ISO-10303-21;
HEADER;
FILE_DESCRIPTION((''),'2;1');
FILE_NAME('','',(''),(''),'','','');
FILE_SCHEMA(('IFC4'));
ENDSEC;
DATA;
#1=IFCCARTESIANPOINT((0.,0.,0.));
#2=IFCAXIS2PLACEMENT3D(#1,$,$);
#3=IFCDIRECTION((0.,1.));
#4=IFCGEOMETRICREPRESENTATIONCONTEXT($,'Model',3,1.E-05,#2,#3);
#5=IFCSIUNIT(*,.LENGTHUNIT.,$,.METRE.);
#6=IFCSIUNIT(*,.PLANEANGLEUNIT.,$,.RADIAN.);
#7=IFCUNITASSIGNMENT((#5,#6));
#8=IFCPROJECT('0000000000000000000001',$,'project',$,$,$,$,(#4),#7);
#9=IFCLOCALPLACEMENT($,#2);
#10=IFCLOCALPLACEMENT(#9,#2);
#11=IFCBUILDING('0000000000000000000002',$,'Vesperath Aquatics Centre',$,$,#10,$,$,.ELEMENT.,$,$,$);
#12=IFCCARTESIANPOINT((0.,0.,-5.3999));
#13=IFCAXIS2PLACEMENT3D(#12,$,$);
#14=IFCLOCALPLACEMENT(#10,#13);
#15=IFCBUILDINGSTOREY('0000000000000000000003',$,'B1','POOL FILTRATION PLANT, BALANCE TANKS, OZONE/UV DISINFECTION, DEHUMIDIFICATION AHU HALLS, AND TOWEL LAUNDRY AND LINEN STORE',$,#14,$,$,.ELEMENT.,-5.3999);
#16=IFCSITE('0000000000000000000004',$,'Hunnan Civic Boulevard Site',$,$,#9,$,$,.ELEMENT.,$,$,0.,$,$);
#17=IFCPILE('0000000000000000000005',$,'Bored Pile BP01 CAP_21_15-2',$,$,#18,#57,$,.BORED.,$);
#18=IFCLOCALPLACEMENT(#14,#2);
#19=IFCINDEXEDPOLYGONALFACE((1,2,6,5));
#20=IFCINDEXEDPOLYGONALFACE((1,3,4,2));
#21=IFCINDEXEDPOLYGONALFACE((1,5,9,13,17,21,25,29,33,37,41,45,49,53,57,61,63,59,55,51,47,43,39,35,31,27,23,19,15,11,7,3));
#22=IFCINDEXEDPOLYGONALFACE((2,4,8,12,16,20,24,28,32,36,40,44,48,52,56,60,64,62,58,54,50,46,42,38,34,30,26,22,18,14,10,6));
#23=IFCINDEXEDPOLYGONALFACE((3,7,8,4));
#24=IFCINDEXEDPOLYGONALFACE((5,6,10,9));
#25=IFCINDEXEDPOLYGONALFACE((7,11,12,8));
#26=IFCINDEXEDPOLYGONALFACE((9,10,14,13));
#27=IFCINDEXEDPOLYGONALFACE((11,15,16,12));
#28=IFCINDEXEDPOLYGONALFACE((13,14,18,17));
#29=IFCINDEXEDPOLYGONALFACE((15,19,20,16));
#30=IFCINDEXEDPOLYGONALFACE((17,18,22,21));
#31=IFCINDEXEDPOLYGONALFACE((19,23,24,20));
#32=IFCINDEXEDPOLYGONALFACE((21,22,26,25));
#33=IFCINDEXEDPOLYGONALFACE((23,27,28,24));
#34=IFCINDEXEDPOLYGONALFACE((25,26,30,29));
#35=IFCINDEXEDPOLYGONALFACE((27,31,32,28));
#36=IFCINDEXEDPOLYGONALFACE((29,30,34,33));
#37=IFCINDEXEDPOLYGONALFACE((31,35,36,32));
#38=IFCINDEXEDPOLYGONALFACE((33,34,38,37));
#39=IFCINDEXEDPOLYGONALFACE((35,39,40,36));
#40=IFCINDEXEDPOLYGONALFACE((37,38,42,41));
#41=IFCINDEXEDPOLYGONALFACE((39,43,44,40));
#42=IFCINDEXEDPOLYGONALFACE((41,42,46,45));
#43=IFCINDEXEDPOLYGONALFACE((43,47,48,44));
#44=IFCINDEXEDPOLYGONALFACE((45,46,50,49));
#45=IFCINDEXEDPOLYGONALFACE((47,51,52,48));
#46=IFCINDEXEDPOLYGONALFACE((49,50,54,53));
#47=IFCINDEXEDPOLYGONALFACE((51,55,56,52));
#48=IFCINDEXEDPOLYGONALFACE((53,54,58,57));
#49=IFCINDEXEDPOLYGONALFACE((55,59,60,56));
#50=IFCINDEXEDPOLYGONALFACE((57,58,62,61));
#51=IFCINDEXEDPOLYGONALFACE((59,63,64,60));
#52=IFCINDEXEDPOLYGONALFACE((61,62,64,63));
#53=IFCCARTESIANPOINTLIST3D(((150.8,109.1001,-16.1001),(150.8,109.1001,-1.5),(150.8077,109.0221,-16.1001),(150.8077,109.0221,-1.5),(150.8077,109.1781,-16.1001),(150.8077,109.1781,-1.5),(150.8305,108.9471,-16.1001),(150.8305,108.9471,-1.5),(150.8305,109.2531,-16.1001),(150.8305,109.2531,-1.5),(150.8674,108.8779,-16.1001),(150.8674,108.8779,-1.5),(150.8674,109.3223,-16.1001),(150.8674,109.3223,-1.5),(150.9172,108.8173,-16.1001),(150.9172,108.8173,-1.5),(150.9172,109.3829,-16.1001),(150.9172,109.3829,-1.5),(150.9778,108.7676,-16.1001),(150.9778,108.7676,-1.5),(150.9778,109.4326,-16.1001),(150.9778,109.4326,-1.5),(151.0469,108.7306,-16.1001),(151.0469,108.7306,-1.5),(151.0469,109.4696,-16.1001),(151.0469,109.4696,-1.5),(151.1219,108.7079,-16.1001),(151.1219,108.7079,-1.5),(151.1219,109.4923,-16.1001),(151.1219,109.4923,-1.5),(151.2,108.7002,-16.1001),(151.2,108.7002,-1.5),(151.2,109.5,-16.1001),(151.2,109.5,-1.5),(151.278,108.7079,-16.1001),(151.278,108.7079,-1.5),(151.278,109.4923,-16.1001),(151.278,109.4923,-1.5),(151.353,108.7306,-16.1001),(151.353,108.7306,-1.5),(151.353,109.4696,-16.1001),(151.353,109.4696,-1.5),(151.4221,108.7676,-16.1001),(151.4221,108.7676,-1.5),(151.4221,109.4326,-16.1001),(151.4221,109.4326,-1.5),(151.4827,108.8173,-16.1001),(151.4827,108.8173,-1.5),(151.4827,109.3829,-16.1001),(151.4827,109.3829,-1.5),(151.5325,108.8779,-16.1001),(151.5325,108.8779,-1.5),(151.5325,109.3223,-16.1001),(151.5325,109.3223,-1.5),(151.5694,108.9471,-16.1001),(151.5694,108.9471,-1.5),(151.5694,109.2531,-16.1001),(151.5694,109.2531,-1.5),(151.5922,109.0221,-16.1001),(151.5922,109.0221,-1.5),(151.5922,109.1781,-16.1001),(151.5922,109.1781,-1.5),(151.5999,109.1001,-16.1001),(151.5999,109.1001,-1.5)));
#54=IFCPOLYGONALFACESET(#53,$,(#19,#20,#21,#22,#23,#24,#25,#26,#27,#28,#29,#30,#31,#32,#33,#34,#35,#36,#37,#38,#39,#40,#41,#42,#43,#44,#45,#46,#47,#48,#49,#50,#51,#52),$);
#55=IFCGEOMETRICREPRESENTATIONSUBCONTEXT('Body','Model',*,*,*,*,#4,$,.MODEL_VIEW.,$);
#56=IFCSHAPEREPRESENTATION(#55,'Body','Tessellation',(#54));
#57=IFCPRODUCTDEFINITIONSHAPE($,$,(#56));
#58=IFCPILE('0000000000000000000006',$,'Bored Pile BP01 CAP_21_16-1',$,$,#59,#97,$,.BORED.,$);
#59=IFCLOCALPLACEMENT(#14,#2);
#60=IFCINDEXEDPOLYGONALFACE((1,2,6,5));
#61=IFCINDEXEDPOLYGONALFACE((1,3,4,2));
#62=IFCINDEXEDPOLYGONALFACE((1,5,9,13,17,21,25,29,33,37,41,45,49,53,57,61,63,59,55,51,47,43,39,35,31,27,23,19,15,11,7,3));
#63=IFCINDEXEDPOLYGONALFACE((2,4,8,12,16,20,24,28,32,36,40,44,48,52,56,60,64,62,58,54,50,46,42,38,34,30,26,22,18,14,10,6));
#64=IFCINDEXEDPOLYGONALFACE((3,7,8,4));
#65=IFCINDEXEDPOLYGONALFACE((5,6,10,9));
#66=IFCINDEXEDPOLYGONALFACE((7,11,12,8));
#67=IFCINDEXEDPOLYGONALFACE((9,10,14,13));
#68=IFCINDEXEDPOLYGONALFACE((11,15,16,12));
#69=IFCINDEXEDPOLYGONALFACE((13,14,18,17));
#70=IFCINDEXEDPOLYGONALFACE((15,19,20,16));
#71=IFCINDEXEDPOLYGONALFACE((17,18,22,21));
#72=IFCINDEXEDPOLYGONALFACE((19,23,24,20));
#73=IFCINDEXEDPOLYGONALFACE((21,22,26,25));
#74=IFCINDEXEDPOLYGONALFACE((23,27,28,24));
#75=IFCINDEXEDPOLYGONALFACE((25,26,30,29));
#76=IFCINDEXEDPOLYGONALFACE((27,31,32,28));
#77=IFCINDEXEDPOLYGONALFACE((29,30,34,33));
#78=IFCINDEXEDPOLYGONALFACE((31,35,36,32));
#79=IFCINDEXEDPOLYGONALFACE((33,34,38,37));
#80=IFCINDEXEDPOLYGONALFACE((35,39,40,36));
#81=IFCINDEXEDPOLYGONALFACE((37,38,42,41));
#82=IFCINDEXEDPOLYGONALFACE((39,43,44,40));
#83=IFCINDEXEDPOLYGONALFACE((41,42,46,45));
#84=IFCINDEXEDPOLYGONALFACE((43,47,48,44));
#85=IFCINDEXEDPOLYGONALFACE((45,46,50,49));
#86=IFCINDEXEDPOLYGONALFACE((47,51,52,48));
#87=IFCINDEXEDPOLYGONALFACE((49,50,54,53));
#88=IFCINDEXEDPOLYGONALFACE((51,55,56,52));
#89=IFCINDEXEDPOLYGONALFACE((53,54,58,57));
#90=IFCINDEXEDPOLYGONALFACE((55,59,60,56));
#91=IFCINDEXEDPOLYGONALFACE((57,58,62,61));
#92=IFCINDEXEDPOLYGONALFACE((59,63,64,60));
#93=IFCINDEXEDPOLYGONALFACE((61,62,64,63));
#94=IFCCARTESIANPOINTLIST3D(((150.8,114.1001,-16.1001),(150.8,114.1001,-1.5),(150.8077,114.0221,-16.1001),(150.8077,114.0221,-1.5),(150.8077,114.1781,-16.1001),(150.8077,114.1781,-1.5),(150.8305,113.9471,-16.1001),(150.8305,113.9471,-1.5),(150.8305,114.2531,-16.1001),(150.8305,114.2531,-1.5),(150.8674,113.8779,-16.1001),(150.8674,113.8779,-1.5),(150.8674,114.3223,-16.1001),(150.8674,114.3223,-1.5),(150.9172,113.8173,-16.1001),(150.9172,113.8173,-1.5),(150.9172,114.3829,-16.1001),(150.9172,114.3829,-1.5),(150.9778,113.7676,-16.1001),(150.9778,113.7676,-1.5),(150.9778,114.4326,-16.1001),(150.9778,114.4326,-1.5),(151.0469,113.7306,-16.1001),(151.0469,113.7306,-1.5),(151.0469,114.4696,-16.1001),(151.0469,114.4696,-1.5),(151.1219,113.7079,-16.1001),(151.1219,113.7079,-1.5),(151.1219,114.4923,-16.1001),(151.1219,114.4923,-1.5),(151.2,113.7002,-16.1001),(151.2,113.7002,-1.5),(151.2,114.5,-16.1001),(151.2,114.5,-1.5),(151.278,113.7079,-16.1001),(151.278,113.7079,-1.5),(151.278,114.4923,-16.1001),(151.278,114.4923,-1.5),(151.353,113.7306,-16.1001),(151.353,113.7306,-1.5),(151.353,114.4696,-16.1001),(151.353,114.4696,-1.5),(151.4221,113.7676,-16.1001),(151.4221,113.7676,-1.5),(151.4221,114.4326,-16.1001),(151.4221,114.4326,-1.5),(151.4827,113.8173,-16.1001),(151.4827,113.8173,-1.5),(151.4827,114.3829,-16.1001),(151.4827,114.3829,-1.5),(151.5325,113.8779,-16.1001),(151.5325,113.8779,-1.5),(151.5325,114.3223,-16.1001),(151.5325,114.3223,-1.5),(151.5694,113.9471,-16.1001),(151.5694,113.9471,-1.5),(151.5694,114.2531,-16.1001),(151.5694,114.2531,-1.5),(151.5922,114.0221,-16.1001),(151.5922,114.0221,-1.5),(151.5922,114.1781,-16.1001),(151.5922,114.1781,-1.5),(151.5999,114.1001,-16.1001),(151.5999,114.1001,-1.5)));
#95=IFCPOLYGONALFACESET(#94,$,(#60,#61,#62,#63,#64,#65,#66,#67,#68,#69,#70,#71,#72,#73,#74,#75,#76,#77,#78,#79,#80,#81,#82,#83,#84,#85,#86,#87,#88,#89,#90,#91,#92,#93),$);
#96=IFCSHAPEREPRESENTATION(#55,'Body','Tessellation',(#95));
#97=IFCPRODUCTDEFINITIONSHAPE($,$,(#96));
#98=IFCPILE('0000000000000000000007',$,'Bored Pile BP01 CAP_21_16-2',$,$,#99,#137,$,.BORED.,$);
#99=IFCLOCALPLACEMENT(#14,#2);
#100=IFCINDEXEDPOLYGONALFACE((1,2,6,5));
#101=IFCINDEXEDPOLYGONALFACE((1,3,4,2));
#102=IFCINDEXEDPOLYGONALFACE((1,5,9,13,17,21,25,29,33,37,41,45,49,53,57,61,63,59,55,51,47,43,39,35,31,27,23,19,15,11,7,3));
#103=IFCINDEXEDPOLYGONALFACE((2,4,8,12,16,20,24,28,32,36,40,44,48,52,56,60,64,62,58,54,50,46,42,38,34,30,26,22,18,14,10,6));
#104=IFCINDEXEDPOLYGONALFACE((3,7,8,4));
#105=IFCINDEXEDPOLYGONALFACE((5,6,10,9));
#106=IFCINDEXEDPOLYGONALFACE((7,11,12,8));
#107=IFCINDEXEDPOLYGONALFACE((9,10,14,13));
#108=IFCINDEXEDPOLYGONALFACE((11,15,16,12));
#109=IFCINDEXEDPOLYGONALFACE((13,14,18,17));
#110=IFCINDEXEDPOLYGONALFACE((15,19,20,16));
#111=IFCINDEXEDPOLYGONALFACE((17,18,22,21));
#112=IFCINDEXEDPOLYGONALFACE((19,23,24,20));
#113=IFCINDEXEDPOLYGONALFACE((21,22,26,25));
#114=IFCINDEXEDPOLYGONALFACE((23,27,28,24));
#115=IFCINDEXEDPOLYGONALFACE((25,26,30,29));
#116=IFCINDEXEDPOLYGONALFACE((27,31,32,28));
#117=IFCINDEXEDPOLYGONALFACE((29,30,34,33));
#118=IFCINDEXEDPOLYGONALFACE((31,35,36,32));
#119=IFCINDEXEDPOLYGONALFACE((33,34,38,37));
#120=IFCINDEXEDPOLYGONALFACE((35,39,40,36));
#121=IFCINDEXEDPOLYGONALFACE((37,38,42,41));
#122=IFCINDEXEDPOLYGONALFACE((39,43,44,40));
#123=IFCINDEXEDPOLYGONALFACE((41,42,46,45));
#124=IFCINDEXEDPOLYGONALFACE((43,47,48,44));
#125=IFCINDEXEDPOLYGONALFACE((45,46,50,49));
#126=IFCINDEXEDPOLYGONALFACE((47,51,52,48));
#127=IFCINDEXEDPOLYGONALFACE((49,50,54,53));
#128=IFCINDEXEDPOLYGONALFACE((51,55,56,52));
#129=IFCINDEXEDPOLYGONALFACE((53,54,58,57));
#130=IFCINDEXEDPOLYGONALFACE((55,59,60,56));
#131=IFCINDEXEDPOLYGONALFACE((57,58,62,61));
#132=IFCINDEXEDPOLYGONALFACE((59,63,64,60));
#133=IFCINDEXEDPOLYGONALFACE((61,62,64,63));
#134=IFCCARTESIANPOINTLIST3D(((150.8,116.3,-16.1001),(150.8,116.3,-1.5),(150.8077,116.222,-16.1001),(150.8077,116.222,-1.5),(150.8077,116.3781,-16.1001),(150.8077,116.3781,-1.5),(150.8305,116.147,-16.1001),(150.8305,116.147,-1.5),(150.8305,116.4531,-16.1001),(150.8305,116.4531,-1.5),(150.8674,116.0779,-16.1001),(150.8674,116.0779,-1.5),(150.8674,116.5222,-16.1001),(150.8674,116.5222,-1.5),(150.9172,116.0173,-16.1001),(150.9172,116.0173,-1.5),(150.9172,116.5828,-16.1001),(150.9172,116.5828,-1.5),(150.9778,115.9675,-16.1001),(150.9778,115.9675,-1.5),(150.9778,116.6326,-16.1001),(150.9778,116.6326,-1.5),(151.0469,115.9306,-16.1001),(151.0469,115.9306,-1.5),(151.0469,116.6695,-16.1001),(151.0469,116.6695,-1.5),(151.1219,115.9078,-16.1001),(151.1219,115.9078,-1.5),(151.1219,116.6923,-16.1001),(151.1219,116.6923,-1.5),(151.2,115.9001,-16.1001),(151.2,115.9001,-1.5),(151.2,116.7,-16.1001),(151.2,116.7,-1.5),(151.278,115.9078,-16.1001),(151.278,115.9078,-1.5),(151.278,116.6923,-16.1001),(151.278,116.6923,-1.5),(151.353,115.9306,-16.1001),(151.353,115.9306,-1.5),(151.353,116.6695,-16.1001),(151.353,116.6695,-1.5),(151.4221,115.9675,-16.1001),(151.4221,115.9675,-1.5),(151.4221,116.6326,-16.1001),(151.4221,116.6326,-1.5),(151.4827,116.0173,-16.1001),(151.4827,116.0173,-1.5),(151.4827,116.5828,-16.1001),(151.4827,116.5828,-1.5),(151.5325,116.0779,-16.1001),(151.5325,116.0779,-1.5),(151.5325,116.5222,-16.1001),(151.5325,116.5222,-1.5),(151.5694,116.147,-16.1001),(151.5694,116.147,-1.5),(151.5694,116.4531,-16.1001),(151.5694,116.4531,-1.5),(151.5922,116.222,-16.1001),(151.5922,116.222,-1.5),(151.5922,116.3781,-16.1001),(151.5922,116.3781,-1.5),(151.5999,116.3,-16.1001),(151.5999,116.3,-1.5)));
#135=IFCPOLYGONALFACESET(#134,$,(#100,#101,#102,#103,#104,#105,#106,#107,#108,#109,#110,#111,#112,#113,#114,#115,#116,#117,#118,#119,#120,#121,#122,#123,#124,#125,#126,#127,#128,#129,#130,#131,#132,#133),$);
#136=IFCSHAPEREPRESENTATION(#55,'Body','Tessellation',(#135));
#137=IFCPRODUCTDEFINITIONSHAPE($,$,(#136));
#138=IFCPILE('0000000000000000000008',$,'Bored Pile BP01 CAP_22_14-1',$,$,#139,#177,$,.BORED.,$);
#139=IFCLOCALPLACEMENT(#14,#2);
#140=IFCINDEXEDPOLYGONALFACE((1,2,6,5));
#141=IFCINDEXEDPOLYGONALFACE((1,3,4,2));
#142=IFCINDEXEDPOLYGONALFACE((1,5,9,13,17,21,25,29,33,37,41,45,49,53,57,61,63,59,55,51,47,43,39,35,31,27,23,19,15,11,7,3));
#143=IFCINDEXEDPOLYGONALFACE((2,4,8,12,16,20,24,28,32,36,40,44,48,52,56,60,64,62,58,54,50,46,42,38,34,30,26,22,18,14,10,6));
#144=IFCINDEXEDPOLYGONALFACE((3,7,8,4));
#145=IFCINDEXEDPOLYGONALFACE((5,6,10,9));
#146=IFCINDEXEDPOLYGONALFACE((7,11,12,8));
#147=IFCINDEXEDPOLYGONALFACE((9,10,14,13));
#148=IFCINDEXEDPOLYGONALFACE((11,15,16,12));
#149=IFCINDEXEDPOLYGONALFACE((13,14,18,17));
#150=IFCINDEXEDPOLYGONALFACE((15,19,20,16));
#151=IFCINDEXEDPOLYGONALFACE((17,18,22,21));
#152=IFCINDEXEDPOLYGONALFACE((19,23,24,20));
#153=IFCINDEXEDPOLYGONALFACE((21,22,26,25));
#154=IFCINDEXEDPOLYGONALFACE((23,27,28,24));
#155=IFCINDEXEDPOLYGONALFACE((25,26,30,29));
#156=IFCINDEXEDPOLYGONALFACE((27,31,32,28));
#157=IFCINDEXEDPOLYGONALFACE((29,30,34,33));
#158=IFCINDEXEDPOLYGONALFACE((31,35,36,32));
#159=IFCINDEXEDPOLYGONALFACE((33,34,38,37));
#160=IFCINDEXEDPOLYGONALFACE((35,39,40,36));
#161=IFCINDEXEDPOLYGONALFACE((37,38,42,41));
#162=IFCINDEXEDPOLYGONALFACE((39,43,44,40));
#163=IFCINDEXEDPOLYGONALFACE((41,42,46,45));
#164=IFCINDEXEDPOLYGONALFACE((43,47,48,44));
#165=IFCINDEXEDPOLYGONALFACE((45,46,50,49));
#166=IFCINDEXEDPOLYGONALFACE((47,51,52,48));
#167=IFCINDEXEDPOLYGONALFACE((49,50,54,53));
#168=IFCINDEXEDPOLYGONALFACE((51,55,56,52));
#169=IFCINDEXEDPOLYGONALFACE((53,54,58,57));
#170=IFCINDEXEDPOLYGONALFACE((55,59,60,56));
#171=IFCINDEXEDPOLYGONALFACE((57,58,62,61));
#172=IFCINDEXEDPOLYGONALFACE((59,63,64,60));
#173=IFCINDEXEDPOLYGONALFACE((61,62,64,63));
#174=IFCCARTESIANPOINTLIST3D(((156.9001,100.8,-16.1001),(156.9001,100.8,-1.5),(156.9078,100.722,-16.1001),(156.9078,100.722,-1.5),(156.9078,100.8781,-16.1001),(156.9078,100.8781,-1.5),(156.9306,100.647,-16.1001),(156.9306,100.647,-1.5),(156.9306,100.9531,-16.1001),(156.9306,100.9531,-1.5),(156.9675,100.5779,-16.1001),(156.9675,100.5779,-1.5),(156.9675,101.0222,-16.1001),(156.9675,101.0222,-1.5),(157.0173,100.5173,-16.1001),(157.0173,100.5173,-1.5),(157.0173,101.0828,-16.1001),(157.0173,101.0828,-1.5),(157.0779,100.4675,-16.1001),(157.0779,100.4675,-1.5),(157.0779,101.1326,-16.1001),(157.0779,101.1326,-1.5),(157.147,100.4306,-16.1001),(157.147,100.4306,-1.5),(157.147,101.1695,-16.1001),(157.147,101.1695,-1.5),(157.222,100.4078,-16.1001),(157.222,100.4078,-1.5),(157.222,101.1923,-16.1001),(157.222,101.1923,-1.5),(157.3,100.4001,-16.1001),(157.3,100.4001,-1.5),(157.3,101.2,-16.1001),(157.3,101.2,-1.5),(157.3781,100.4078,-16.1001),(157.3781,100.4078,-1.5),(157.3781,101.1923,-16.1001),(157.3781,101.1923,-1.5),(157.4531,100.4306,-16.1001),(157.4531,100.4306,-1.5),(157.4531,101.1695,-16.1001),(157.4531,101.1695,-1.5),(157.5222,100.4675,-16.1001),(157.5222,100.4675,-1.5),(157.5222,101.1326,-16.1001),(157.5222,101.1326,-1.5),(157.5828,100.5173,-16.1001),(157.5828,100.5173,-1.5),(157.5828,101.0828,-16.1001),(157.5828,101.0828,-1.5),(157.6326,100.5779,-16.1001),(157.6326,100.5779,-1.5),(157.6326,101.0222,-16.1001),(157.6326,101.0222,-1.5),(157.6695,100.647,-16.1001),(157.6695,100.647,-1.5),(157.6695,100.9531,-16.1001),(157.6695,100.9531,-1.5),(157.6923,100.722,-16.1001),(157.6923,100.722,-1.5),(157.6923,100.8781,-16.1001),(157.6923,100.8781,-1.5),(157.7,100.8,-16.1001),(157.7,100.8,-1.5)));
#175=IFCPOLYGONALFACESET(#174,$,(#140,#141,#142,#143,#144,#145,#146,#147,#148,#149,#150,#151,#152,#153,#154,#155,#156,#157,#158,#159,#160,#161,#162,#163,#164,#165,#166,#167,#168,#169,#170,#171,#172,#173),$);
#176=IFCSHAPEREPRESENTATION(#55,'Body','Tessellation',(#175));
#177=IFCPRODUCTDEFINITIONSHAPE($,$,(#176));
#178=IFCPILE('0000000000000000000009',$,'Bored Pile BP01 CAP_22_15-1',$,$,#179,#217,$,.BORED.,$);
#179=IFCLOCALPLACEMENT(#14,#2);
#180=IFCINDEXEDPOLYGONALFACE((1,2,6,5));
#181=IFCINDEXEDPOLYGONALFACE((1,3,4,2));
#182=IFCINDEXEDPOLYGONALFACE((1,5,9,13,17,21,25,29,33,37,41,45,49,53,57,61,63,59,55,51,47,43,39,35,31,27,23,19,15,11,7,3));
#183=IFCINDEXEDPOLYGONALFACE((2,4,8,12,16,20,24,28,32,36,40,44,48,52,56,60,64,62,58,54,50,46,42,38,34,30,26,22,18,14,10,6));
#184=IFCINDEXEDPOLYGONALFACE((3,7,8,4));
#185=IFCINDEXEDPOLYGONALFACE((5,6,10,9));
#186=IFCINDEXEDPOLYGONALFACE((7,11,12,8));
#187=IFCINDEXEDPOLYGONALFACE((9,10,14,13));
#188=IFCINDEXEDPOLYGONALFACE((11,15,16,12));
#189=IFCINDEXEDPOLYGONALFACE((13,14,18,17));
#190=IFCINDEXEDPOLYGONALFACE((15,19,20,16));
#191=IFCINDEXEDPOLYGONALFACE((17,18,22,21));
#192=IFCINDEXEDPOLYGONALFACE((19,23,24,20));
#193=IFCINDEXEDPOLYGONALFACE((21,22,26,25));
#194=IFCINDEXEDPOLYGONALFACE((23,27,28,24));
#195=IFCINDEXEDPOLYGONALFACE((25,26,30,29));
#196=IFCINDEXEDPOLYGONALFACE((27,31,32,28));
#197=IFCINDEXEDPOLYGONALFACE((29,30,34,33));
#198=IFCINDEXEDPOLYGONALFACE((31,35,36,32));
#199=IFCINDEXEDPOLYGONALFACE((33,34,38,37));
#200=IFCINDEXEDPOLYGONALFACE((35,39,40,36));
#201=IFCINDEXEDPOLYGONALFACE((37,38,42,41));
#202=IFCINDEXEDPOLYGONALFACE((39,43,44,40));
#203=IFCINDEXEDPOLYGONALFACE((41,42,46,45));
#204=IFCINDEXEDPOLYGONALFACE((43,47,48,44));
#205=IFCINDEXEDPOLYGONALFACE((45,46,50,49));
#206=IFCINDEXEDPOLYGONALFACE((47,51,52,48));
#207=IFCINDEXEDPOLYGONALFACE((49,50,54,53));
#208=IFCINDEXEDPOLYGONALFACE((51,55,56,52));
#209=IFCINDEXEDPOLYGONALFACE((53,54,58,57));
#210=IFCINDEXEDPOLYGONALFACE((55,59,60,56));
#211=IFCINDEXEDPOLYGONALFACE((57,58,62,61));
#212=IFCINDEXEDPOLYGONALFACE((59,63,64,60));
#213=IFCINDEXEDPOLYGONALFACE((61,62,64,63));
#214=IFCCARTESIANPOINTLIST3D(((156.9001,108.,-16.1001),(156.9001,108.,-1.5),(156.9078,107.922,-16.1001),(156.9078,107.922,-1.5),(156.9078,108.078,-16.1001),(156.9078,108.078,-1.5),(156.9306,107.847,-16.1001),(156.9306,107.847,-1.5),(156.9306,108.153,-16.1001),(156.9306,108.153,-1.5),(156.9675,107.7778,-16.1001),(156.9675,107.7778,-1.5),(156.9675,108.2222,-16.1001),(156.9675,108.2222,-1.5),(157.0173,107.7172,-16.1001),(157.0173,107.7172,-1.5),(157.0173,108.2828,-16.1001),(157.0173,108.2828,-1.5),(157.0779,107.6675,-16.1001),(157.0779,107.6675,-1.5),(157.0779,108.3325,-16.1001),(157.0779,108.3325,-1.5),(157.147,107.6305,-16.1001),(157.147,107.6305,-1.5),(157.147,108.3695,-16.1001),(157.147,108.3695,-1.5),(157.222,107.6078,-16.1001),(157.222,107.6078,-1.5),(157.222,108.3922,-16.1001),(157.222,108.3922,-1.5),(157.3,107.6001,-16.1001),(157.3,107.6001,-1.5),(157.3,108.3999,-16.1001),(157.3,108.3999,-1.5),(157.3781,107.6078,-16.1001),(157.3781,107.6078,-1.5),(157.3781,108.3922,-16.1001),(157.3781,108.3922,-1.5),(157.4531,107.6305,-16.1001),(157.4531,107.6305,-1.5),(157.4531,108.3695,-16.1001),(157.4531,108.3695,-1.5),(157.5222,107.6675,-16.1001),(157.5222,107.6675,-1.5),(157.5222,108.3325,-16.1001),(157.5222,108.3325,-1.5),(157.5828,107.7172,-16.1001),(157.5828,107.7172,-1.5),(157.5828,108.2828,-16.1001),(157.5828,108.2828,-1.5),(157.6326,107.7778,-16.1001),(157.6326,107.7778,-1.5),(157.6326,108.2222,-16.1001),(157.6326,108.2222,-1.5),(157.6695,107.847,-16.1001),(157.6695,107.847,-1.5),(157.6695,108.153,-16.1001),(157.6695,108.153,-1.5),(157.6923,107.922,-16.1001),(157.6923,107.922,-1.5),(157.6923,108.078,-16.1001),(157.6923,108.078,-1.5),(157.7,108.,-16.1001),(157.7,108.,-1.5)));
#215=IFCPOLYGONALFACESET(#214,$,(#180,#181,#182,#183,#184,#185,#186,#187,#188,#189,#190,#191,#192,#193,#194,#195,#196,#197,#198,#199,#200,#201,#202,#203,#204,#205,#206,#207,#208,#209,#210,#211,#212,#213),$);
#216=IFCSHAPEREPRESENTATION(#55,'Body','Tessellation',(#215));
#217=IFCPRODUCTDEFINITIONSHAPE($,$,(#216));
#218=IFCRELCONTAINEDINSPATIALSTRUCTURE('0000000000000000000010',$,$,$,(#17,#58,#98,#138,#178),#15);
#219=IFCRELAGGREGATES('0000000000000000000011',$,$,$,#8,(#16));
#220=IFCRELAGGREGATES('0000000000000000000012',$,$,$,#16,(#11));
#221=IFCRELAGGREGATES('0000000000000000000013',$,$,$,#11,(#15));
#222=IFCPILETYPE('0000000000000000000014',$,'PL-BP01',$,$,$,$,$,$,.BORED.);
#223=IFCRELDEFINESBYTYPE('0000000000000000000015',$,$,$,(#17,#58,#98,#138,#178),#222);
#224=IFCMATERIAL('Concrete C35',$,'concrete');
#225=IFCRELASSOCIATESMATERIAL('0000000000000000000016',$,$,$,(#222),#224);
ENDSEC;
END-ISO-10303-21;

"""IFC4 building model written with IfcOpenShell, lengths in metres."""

from ifc_helpers import new_model, si_unit, direction, frame, origin, origin_2d, place, context, subcontext, project, spatial, circle, extrude, material, material_profile, profile_set, type_object, element, save


model = new_model("IFC4")

# Units and contexts
model_context = context("Model", 3, precision=1e-05, world=origin(), true_north=direction((0.0, 1.0)))
body_context = subcontext(model_context, "Body", "Model", "MODEL_VIEW")
ifc_project = project(units=[si_unit("LENGTHUNIT", "METRE"), si_unit("PLANEANGLEUNIT", "RADIAN")], contexts=[model_context])

# Site, building, storey
site_placement = place(None, origin())
site = spatial("IfcSite", under=ifc_project, at=site_placement, Name="Hunnan Civic Boulevard Site", CompositionType="ELEMENT", RefElevation=0.0)
building_placement = place(site_placement, origin())
building = spatial("IfcBuilding", under=site, at=building_placement, Name="Vesperath Aquatics Centre", CompositionType="ELEMENT")
storey_placement = place(building_placement, frame((0.0, 0.0, -5.3999)))
storey = spatial("IfcBuildingStorey", under=building, at=storey_placement, Name="B1", Description="POOL FILTRATION PLANT, BALANCE TANKS, OZONE/UV DISINFECTION, DEHUMIDIFICATION AHU HALLS, AND TOWEL LAUNDRY AND LINEN STORE", CompositionType="ELEMENT", Elevation=-5.3999)

# Piles
ifc_material_1 = material(Name="Concrete C35", Category="concrete")
ifc_material_profile_1 = material_profile(ifc_material_1, circle(Radius=0.3999, at=origin_2d()), Name="PILE D800")
ifc_profile_set_1 = profile_set([ifc_material_profile_1], Name="Concrete C35")
pile_type = type_object("IfcPileType", Name="PL-BP01", PredefinedType="BORED", material=ifc_profile_set_1)
for number, where, z_axis, x_axis, name in (
    (1, (151.2, 109.1001, -1.5), (0.0, 0.0, -1.0), (1.0, 0.0, 0.0), "Bored Pile BP01 CAP_21_15-2"),
    (2, (151.2, 114.1001, -1.5), (0.0, 0.0, -1.0), (1.0, 0.0, 0.0), "Bored Pile BP01 CAP_21_16-1"),
    (3, (151.2, 116.3, -1.5), (0.0, 0.0, -1.0), (1.0, 0.0, 0.0), "Bored Pile BP01 CAP_21_16-2"),
    (4, (157.3, 100.8, -1.5), (0.0, 0.0, -1.0), (1.0, 0.0, 0.0), "Bored Pile BP01 CAP_22_14-1"),
    (5, (157.3, 108.0, -1.5), (0.0, 0.0, -1.0), (1.0, 0.0, 0.0), "Bored Pile BP01 CAP_22_15-1"),
):
    element("IfcPile", number, at=place(storey_placement, frame(where, z_axis=z_axis, x_axis=x_axis)), inside=storey, type_object=pile_type, Name=name, PredefinedType="BORED", context=body_context, shape_type="SweptSolid", body=[
        extrude(circle(Radius=0.3999, at=origin_2d()), origin(), (0.0, 0.0, 1.0), 14.6001),
    ])

save(model, "model.ifc")
